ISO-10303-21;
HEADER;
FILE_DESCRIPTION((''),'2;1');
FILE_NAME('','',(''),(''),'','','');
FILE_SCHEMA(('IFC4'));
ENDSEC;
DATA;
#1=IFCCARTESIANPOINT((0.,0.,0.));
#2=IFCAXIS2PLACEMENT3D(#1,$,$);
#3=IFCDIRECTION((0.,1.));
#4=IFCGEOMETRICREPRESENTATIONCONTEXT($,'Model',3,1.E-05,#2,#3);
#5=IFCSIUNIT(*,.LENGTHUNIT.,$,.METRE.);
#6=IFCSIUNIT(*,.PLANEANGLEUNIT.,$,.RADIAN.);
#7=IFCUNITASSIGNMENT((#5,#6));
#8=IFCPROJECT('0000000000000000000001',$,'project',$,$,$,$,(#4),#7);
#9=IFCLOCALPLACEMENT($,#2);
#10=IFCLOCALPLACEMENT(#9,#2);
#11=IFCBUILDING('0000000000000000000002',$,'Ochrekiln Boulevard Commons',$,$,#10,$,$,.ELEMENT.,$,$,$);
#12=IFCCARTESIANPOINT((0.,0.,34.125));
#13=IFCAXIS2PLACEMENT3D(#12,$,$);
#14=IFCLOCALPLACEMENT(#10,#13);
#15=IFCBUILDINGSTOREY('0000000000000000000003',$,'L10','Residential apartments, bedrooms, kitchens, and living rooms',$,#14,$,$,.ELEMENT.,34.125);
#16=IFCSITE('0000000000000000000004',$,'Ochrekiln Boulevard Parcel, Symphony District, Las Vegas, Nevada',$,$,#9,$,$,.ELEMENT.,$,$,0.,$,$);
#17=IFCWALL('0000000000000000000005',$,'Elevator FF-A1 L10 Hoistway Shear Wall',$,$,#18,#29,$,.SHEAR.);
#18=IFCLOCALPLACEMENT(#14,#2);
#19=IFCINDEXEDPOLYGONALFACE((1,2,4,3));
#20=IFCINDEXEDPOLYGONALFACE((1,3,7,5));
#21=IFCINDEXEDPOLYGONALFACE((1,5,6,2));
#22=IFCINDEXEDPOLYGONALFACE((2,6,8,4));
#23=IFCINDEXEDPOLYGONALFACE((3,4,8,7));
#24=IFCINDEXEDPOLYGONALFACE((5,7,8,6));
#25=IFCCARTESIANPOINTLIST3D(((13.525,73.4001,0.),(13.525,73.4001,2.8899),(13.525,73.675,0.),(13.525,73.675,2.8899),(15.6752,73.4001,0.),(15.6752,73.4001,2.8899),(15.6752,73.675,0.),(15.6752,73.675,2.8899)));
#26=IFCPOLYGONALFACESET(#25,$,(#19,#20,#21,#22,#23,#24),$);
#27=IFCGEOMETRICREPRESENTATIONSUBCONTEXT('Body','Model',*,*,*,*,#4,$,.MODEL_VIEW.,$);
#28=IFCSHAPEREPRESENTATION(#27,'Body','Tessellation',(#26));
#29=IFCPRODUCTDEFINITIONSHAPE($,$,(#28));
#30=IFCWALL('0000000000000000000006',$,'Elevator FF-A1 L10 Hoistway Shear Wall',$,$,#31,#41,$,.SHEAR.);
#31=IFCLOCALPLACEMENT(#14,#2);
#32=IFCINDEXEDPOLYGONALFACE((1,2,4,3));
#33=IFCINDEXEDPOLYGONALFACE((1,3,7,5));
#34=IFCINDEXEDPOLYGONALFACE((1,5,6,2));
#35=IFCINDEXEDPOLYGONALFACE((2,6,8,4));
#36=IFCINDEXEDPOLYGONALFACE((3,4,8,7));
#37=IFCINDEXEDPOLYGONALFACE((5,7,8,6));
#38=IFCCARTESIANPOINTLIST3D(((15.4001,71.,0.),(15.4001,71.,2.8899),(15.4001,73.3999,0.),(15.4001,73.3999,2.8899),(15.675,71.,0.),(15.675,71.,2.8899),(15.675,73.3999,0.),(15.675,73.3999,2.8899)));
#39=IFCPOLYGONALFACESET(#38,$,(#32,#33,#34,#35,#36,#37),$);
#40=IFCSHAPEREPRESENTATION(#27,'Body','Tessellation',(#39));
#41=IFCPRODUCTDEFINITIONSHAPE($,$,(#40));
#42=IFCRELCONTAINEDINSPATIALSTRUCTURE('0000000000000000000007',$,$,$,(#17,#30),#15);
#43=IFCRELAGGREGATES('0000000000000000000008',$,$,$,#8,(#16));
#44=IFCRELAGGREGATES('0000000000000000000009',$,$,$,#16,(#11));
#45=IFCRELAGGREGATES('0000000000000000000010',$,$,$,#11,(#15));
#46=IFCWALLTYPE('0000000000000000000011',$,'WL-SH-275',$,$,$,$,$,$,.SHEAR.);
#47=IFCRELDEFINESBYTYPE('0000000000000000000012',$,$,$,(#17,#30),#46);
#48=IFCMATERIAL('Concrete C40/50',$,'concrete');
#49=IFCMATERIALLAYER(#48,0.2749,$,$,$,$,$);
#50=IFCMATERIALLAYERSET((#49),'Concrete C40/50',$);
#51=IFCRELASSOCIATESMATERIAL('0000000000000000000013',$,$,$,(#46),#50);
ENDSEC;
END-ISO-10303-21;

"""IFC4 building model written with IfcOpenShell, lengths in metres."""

from ifc_helpers import new_model, si_unit, direction, frame, frame_2d, origin, place, context, subcontext, project, spatial, rectangle, extrude, material, layer, layer_set, type_object, element, save


model = new_model("IFC4")

# Units and contexts
model_context = context("Model", 3, precision=1e-05, world=origin(), true_north=direction((0.0, 1.0)))
body_context = subcontext(model_context, "Body", "Model", "MODEL_VIEW")
ifc_project = project(units=[si_unit("LENGTHUNIT", "METRE"), si_unit("PLANEANGLEUNIT", "RADIAN")], contexts=[model_context])

# Site, building, storey
site_placement = place(None, origin())
site = spatial("IfcSite", under=ifc_project, at=site_placement, Name="Ochrekiln Boulevard Parcel, Symphony District, Las Vegas, Nevada", CompositionType="ELEMENT", RefElevation=0.0)
building_placement = place(site_placement, origin())
building = spatial("IfcBuilding", under=site, at=building_placement, Name="Ochrekiln Boulevard Commons", CompositionType="ELEMENT")
storey_placement = place(building_placement, frame((0.0, 0.0, 34.125)))
storey = spatial("IfcBuildingStorey", under=building, at=storey_placement, Name="L10", Description="Residential apartments, bedrooms, kitchens, and living rooms", CompositionType="ELEMENT", Elevation=34.125)

# Shared definitions
ifc_material_1 = material(Name="Concrete C40/50", Category="concrete")

# Wall
ifc_layer_1 = layer(ifc_material_1, 0.2749)
ifc_layer_set_1 = layer_set([ifc_layer_1], Name="Concrete C40/50")
wall_type = type_object("IfcWallType", Name="WL-SH-275", PredefinedType="SHEAR", material=ifc_layer_set_1)
for number, where, z_axis, x_axis, name in (
    (1, (13.5249, 73.5376, 0.0), (0.0, 0.0, 1.0), (1.0, 0.0, 0.0), "Elevator FF-A1 L10 Hoistway Shear Wall"),
):
    element("IfcWall", number, at=place(storey_placement, frame(where, z_axis=z_axis, x_axis=x_axis)), inside=storey, type_object=wall_type, Name=name, PredefinedType="SHEAR", context=body_context, shape_type="SweptSolid", body=[
        extrude(rectangle(XDim=2.1501, YDim=0.2749, at=frame_2d((1.0752, 0.0))), origin(), (0.0, 0.0, 1.0), 2.8899),
    ])

# Wall
wall_1_placement = place(storey_placement, frame((15.5376, 71.0, 0.0), z_axis=(0.0, 0.0, 1.0), x_axis=(0.0, 1.0, 0.0)))
element("IfcWall", 2, at=wall_1_placement, inside=storey, type_object=wall_type, Name="Elevator FF-A1 L10 Hoistway Shear Wall", PredefinedType="SHEAR", context=body_context, shape_type="SweptSolid", body=[
    extrude(rectangle(XDim=2.3999, YDim=0.2749, at=frame_2d((1.2, 0.0))), origin(), (0.0, 0.0, 1.0), 2.8899),
])

save(model, "model.ifc")
